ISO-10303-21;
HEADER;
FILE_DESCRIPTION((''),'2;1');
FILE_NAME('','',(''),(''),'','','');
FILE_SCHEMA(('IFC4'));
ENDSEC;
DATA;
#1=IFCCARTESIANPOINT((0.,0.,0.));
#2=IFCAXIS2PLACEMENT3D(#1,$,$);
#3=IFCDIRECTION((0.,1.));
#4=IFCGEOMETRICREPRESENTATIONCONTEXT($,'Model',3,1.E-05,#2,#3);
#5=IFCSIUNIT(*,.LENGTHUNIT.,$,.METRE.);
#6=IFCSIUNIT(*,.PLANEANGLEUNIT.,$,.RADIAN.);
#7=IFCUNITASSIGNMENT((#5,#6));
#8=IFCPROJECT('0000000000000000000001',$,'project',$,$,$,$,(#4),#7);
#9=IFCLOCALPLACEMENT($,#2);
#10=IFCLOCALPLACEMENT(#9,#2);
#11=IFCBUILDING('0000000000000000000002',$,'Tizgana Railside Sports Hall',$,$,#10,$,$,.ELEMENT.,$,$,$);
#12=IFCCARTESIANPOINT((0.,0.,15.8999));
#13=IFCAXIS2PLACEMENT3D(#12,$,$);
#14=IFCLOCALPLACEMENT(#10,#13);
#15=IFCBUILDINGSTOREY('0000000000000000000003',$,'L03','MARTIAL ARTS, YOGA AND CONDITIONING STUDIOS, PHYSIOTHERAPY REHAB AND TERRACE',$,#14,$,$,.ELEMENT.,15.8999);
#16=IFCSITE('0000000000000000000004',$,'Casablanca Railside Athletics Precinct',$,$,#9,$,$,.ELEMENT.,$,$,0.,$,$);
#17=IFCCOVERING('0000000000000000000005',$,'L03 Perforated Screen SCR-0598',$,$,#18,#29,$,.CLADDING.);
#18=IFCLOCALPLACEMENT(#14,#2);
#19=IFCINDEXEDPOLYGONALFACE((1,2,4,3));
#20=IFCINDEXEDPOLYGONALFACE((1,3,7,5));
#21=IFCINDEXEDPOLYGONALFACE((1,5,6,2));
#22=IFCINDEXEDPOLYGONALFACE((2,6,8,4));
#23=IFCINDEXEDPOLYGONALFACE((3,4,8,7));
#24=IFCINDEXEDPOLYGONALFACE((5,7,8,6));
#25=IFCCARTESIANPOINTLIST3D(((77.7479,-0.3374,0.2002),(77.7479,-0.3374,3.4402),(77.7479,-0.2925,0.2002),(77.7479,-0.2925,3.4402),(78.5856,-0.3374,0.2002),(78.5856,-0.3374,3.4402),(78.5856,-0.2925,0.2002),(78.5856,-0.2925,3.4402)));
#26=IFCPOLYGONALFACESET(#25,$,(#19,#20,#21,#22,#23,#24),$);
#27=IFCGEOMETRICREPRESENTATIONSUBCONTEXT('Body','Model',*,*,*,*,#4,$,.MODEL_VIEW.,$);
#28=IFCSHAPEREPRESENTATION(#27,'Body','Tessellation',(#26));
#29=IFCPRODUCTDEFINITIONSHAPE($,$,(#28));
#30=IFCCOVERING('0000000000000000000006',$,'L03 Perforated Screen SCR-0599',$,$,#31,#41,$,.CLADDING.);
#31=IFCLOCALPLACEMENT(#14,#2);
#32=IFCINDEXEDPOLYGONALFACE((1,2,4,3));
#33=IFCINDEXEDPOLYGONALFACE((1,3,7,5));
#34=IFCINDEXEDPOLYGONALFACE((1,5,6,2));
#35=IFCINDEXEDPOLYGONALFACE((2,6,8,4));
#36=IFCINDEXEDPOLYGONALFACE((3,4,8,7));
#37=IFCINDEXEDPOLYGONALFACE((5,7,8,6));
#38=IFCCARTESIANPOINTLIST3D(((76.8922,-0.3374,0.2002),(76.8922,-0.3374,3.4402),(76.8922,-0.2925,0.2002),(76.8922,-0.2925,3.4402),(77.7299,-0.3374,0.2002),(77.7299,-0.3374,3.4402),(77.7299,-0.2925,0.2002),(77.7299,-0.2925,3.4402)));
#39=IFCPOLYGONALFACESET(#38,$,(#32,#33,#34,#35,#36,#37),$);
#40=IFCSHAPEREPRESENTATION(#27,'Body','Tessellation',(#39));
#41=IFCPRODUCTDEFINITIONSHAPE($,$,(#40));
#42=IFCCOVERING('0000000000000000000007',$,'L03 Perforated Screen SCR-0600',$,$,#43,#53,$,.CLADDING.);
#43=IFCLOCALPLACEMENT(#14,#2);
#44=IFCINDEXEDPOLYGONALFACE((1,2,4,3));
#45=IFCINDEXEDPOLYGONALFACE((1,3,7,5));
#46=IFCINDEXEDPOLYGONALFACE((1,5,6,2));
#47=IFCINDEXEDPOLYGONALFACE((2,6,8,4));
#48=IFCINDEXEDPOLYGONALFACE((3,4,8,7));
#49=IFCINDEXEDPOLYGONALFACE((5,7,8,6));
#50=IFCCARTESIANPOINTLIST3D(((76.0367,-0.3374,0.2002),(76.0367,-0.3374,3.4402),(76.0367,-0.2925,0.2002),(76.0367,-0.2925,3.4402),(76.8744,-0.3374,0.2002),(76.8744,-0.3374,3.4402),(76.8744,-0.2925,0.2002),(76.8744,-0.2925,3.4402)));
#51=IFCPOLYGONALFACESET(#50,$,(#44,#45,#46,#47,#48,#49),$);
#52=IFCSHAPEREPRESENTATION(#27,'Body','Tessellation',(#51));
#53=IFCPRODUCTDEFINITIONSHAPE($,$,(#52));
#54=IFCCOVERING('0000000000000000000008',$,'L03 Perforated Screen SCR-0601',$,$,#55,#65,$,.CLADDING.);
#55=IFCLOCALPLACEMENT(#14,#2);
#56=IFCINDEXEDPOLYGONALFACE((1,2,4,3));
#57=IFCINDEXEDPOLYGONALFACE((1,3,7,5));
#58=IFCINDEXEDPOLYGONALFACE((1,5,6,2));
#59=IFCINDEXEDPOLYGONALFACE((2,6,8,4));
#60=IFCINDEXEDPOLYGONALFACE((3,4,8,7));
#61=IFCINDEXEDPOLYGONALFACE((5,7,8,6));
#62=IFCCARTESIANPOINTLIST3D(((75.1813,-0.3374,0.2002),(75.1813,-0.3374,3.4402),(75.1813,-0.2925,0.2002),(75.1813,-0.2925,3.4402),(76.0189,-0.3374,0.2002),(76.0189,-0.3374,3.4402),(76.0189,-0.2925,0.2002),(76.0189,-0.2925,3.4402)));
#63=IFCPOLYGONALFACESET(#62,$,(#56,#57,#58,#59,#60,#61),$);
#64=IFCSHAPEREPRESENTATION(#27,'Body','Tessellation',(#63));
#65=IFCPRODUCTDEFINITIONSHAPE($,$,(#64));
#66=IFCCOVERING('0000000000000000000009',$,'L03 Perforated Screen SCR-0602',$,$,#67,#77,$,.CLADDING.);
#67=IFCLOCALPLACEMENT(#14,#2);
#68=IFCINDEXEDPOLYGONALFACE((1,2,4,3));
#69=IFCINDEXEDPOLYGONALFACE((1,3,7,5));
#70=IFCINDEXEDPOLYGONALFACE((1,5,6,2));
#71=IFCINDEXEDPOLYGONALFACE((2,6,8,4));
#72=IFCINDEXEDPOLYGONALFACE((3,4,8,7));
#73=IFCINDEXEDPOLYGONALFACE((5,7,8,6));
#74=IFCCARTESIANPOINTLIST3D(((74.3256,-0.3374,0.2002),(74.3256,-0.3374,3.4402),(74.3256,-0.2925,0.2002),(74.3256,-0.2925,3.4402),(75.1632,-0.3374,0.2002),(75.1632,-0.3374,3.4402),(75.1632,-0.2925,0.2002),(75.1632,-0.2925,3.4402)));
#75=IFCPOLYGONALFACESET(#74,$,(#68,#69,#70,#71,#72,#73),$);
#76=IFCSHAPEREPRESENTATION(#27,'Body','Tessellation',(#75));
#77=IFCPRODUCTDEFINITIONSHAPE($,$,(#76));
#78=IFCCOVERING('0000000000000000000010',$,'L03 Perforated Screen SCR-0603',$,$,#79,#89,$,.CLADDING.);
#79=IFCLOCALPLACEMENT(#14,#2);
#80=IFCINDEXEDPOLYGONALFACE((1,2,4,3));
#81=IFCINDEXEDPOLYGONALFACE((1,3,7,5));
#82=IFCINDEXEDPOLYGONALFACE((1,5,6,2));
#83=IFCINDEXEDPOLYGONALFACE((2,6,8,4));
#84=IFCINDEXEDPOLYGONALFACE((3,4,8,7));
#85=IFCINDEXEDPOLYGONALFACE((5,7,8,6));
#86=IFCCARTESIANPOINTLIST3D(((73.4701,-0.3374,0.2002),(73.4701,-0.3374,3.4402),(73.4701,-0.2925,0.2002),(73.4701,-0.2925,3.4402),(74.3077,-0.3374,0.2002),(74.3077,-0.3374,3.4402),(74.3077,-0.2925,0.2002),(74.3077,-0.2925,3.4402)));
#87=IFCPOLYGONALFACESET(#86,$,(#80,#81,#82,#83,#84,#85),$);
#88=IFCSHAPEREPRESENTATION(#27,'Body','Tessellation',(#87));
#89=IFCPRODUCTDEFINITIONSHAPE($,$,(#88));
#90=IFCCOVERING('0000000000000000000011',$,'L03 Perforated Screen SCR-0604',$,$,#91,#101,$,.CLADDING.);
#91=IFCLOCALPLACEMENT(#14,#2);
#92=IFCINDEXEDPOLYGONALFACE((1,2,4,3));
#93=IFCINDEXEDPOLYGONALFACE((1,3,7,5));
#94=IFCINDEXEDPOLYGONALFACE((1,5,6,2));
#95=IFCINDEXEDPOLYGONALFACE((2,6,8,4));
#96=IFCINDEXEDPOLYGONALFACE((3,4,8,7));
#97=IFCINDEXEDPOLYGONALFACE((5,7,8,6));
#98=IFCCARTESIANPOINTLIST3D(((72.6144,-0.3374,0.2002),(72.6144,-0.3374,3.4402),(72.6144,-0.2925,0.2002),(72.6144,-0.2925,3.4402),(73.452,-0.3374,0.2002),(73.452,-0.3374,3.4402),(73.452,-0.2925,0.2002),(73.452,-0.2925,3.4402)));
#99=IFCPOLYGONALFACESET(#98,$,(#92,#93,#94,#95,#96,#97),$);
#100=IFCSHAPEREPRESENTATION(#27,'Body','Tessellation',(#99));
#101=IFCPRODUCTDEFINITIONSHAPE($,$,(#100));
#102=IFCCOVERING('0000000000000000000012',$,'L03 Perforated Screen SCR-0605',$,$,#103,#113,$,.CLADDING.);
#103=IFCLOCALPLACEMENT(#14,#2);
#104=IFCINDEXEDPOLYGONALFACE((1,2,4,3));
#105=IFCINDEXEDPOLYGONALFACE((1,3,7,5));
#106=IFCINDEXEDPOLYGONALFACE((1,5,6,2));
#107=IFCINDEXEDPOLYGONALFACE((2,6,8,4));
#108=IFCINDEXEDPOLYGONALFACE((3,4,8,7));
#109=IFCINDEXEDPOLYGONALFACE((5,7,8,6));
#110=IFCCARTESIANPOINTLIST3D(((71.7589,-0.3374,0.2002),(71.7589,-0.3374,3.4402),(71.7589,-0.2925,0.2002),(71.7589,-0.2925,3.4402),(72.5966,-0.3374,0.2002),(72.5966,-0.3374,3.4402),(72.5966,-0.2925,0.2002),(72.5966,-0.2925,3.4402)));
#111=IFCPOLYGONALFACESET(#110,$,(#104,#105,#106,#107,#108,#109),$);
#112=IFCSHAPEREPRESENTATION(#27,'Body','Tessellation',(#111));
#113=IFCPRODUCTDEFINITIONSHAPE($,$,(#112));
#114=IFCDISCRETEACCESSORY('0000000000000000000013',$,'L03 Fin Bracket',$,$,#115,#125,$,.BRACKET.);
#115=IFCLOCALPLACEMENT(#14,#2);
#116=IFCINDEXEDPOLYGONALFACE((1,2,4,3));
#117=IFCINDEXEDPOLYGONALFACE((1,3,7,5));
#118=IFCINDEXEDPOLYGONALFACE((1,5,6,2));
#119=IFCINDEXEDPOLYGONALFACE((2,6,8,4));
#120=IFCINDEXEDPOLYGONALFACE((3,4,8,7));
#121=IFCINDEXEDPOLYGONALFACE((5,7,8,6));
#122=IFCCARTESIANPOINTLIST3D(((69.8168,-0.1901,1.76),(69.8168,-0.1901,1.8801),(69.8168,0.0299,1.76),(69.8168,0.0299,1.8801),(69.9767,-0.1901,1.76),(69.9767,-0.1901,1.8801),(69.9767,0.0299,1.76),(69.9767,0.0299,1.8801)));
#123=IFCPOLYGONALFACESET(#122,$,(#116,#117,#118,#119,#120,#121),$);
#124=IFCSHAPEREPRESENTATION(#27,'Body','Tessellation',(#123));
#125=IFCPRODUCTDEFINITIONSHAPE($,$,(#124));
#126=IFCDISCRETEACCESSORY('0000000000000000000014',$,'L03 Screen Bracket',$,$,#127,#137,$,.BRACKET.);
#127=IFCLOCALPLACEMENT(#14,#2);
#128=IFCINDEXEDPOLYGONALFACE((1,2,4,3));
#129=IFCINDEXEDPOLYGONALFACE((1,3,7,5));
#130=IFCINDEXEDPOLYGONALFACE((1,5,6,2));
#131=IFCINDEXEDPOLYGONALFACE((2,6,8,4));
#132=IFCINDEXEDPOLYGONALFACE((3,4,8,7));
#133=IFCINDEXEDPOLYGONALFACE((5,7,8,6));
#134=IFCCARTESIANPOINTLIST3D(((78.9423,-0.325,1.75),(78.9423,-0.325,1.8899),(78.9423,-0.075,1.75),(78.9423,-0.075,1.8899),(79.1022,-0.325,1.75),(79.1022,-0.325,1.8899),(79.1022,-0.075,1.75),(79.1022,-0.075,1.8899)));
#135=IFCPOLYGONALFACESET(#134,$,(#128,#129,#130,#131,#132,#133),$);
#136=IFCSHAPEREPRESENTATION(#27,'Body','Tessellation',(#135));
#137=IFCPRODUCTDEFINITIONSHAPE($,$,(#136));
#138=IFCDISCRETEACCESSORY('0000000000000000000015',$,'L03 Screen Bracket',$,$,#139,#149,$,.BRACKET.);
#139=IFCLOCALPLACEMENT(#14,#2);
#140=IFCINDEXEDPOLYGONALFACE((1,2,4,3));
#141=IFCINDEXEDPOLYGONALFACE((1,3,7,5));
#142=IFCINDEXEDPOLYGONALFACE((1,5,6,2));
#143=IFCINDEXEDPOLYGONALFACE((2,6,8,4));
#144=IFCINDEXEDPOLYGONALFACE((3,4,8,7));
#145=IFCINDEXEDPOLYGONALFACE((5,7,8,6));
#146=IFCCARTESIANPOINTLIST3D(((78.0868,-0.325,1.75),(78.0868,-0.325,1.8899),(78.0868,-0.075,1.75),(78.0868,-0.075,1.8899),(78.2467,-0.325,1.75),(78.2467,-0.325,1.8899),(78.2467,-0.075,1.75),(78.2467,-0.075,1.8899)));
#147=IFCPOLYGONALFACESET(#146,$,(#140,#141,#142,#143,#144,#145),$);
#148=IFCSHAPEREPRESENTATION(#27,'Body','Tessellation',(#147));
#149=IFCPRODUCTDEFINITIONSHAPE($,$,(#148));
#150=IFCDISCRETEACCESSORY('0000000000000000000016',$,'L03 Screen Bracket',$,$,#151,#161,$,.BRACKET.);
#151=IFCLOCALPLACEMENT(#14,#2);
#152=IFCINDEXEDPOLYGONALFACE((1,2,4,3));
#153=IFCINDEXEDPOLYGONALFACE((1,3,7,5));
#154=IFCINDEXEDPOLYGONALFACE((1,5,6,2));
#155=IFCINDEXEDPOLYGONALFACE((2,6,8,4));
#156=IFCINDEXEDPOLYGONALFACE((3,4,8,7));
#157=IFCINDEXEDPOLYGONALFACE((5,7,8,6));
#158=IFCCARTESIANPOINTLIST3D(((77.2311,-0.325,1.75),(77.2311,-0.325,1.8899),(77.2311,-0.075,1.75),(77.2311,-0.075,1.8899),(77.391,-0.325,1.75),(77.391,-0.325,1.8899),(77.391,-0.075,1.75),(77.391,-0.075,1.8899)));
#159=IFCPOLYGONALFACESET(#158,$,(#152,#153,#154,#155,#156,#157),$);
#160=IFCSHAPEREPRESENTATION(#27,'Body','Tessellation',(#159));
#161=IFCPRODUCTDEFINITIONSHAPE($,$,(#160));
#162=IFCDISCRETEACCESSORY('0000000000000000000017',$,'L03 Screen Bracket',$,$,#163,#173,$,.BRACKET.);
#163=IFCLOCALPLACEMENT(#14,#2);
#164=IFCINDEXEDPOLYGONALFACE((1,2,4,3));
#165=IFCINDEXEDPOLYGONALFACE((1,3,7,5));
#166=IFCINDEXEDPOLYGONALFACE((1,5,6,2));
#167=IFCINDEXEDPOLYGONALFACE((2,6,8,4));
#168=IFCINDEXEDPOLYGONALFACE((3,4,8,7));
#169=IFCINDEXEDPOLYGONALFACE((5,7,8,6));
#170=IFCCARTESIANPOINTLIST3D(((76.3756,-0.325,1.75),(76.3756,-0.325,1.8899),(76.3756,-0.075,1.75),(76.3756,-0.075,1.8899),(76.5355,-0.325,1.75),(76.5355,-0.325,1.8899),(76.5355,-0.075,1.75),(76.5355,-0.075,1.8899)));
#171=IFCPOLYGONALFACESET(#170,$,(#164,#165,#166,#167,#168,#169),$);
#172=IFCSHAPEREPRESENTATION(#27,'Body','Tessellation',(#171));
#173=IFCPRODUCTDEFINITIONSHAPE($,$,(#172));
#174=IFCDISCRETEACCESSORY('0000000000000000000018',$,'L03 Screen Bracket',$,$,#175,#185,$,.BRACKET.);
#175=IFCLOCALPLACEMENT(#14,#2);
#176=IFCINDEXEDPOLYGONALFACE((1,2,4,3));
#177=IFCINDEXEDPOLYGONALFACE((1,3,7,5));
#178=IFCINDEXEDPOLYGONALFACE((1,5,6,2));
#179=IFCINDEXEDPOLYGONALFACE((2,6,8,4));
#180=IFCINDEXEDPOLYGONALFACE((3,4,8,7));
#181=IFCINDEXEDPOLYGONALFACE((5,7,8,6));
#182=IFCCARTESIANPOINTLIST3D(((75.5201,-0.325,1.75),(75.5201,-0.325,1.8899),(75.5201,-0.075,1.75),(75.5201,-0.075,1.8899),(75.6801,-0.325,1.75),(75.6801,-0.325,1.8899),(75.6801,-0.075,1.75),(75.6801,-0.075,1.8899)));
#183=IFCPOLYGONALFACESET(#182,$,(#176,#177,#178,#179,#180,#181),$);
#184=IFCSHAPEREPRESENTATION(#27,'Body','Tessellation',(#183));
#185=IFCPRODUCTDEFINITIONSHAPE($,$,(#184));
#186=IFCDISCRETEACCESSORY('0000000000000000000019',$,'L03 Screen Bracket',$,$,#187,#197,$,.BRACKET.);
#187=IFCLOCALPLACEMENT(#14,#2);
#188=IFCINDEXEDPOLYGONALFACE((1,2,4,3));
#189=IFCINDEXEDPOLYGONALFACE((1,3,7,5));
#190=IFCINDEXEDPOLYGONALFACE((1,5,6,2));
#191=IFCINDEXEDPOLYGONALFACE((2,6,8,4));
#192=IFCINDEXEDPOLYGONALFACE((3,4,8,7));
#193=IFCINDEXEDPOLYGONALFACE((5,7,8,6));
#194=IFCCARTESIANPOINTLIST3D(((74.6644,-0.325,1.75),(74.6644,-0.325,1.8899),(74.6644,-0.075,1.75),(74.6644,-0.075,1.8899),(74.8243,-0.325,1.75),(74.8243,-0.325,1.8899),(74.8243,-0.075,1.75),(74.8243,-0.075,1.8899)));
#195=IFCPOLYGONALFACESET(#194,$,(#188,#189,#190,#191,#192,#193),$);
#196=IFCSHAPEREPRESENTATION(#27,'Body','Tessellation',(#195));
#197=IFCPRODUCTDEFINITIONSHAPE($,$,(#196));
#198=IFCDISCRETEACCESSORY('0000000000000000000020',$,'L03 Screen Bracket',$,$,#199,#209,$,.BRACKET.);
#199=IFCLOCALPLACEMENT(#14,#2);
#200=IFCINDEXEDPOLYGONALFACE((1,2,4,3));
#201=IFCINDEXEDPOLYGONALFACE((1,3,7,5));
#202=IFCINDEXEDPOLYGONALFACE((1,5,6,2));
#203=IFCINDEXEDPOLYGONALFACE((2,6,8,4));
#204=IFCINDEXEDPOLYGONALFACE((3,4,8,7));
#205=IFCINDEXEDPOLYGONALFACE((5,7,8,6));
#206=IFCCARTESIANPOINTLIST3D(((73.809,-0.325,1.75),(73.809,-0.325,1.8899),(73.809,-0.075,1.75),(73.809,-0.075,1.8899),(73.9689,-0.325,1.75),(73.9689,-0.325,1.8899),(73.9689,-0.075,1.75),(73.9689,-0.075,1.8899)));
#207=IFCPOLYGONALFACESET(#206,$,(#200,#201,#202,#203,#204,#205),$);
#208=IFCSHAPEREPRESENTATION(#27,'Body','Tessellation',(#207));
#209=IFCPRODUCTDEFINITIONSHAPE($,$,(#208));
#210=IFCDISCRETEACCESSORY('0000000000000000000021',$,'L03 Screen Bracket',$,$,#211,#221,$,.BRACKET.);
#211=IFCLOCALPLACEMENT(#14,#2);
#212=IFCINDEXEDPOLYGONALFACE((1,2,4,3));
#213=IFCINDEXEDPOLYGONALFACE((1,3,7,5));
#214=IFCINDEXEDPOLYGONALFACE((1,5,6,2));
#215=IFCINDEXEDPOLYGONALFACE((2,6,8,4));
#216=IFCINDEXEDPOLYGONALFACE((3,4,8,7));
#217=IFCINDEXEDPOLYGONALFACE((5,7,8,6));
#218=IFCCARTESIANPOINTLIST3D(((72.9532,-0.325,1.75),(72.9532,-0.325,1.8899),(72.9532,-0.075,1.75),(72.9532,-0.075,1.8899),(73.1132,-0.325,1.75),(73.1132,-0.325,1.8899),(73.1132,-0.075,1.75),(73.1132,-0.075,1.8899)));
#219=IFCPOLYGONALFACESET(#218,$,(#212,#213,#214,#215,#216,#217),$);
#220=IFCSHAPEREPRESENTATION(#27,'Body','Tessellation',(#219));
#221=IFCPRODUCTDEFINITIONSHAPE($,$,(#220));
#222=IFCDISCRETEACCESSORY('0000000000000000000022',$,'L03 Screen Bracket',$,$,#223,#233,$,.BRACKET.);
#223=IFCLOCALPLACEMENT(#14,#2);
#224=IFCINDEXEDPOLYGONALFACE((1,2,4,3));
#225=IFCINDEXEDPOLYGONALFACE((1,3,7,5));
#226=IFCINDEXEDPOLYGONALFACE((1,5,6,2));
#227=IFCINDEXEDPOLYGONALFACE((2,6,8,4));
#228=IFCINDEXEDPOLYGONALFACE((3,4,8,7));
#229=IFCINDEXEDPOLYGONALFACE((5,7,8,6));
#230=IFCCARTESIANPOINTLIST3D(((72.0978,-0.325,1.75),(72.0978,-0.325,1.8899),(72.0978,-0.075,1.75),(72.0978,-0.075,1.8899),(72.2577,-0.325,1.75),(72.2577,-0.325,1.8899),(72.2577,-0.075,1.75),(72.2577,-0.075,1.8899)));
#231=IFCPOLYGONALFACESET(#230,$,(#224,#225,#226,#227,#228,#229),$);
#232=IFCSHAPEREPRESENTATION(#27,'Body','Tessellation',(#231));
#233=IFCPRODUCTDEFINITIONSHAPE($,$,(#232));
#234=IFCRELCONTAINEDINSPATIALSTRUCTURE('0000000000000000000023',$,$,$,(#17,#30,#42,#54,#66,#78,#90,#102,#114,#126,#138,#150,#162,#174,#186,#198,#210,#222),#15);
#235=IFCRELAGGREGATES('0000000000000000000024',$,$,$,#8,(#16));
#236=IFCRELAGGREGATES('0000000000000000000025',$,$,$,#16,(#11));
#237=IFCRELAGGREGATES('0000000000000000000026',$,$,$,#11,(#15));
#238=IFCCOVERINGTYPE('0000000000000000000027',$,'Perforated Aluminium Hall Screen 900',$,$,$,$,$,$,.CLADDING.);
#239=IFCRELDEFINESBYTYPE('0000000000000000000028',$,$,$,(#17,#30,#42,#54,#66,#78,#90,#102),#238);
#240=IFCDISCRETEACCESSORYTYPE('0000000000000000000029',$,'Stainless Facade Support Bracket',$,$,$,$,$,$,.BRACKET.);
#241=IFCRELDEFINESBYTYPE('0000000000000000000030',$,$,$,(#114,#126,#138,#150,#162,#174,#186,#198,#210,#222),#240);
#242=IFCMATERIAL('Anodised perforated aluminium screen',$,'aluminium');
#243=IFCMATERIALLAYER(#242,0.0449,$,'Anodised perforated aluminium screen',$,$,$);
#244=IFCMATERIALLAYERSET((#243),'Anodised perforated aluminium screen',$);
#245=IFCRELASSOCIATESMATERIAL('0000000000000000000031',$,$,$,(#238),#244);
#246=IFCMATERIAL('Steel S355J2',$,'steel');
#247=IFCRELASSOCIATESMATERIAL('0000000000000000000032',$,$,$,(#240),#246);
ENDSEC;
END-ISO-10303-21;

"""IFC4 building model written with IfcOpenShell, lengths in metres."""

from ifc_helpers import new_model, si_unit, direction, frame, origin, origin_2d, place, context, subcontext, project, spatial, rectangle, extrude, material, layer, layer_set, type_object, element, save


model = new_model("IFC4")

# Units and contexts
model_context = context("Model", 3, precision=1e-05, world=origin(), true_north=direction((0.0, 1.0)))
body_context = subcontext(model_context, "Body", "Model", "MODEL_VIEW")
ifc_project = project(units=[si_unit("LENGTHUNIT", "METRE"), si_unit("PLANEANGLEUNIT", "RADIAN")], contexts=[model_context])

# Site, building, storey
site_placement = place(None, origin())
site = spatial("IfcSite", under=ifc_project, at=site_placement, Name="Casablanca Railside Athletics Precinct", CompositionType="ELEMENT", RefElevation=0.0)
building_placement = place(site_placement, origin())
building = spatial("IfcBuilding", under=site, at=building_placement, Name="Tizgana Railside Sports Hall", CompositionType="ELEMENT")
storey_placement = place(building_placement, frame((0.0, 0.0, 15.8999)))
storey = spatial("IfcBuildingStorey", under=building, at=storey_placement, Name="L03", Description="MARTIAL ARTS, YOGA AND CONDITIONING STUDIOS, PHYSIOTHERAPY REHAB AND TERRACE", CompositionType="ELEMENT", Elevation=15.8999)

# Coverings
ifc_material_1 = material(Name="Anodised perforated aluminium screen", Category="aluminium")
ifc_layer_1 = layer(ifc_material_1, 0.0449, Name="Anodised perforated aluminium screen")
ifc_layer_set_1 = layer_set([ifc_layer_1], Name="Anodised perforated aluminium screen")
covering_type_1 = type_object("IfcCoveringType", Name="Perforated Aluminium Hall Screen 900", PredefinedType="CLADDING", material=ifc_layer_set_1)
for number, where, z_axis, x_axis, name in (
    (1, (78.1667, -0.3149, 0.2002), (0.0, 0.0, 1.0), (-1.0, 0.0, 0.0), "L03 Perforated Screen SCR-0598"),
    (2, (77.311, -0.3149, 0.2002), (0.0, 0.0, 1.0), (-1.0, 0.0, 0.0), "L03 Perforated Screen SCR-0599"),
    (3, (76.4556, -0.3149, 0.2002), (0.0, 0.0, 1.0), (-1.0, 0.0, 0.0), "L03 Perforated Screen SCR-0600"),
    (4, (75.6001, -0.3149, 0.2002), (0.0, 0.0, 1.0), (-1.0, 0.0, 0.0), "L03 Perforated Screen SCR-0601"),
    (5, (74.7444, -0.3149, 0.2002), (0.0, 0.0, 1.0), (-1.0, 0.0, 0.0), "L03 Perforated Screen SCR-0602"),
    (6, (73.8889, -0.3149, 0.2002), (0.0, 0.0, 1.0), (-1.0, 0.0, 0.0), "L03 Perforated Screen SCR-0603"),
    (7, (73.0332, -0.3149, 0.2002), (0.0, 0.0, 1.0), (-1.0, 0.0, 0.0), "L03 Perforated Screen SCR-0604"),
    (8, (72.1777, -0.3149, 0.2002), (0.0, 0.0, 1.0), (-1.0, 0.0, 0.0), "L03 Perforated Screen SCR-0605"),
):
    element("IfcCovering", number, at=place(storey_placement, frame(where, z_axis=z_axis, x_axis=x_axis)), inside=storey, type_object=covering_type_1, Name=name, PredefinedType="CLADDING", context=body_context, shape_type="SweptSolid", body=[
        extrude(rectangle(XDim=0.8376, YDim=0.0449, at=origin_2d()), origin(), (0.0, 0.0, 1.0), 3.24),
    ])

# Discrete accessories
ifc_material_2 = material(Name="Steel S355J2", Category="steel")
discrete_accessory_type = type_object("IfcDiscreteAccessoryType", Name="Stainless Facade Support Bracket", PredefinedType="BRACKET", material=ifc_material_2)
discrete_accessory_placement = place(storey_placement, frame((69.8967, -0.0801, 1.76), z_axis=(0.0, 0.0, 1.0), x_axis=(-1.0, 0.0, 0.0)))
element("IfcDiscreteAccessory", 9, at=discrete_accessory_placement, inside=storey, type_object=discrete_accessory_type, Name="L03 Fin Bracket", PredefinedType="BRACKET", context=body_context, shape_type="SweptSolid", body=[
    extrude(rectangle(XDim=0.1599, YDim=0.22, at=origin_2d()), origin(), (0.0, 0.0, 1.0), 0.1201),
])
for number, where, z_axis, x_axis, name in (
    (10, (79.0222, -0.2, 1.75), (0.0, 0.0, 1.0), (-1.0, 0.0, 0.0), "L03 Screen Bracket"),
    (11, (78.1667, -0.2, 1.75), (0.0, 0.0, 1.0), (-1.0, 0.0, 0.0), "L03 Screen Bracket"),
    (12, (77.311, -0.2, 1.75), (0.0, 0.0, 1.0), (-1.0, 0.0, 0.0), "L03 Screen Bracket"),
    (13, (76.4556, -0.2, 1.75), (0.0, 0.0, 1.0), (-1.0, 0.0, 0.0), "L03 Screen Bracket"),
    (14, (75.6001, -0.2, 1.75), (0.0, 0.0, 1.0), (-1.0, 0.0, 0.0), "L03 Screen Bracket"),
    (15, (74.7444, -0.2, 1.75), (0.0, 0.0, 1.0), (-1.0, 0.0, 0.0), "L03 Screen Bracket"),
    (16, (73.8889, -0.2, 1.75), (0.0, 0.0, 1.0), (-1.0, 0.0, 0.0), "L03 Screen Bracket"),
    (17, (73.0332, -0.2, 1.75), (0.0, 0.0, 1.0), (-1.0, 0.0, 0.0), "L03 Screen Bracket"),
    (18, (72.1777, -0.2, 1.75), (0.0, 0.0, 1.0), (-1.0, 0.0, 0.0), "L03 Screen Bracket"),
):
    element("IfcDiscreteAccessory", number, at=place(storey_placement, frame(where, z_axis=z_axis, x_axis=x_axis)), inside=storey, type_object=discrete_accessory_type, Name=name, PredefinedType="BRACKET", context=body_context, shape_type="SweptSolid", body=[
        extrude(rectangle(XDim=0.1599, YDim=0.25, at=origin_2d()), origin(), (0.0, 0.0, 1.0), 0.1399),
    ])

save(model, "model.ifc")
